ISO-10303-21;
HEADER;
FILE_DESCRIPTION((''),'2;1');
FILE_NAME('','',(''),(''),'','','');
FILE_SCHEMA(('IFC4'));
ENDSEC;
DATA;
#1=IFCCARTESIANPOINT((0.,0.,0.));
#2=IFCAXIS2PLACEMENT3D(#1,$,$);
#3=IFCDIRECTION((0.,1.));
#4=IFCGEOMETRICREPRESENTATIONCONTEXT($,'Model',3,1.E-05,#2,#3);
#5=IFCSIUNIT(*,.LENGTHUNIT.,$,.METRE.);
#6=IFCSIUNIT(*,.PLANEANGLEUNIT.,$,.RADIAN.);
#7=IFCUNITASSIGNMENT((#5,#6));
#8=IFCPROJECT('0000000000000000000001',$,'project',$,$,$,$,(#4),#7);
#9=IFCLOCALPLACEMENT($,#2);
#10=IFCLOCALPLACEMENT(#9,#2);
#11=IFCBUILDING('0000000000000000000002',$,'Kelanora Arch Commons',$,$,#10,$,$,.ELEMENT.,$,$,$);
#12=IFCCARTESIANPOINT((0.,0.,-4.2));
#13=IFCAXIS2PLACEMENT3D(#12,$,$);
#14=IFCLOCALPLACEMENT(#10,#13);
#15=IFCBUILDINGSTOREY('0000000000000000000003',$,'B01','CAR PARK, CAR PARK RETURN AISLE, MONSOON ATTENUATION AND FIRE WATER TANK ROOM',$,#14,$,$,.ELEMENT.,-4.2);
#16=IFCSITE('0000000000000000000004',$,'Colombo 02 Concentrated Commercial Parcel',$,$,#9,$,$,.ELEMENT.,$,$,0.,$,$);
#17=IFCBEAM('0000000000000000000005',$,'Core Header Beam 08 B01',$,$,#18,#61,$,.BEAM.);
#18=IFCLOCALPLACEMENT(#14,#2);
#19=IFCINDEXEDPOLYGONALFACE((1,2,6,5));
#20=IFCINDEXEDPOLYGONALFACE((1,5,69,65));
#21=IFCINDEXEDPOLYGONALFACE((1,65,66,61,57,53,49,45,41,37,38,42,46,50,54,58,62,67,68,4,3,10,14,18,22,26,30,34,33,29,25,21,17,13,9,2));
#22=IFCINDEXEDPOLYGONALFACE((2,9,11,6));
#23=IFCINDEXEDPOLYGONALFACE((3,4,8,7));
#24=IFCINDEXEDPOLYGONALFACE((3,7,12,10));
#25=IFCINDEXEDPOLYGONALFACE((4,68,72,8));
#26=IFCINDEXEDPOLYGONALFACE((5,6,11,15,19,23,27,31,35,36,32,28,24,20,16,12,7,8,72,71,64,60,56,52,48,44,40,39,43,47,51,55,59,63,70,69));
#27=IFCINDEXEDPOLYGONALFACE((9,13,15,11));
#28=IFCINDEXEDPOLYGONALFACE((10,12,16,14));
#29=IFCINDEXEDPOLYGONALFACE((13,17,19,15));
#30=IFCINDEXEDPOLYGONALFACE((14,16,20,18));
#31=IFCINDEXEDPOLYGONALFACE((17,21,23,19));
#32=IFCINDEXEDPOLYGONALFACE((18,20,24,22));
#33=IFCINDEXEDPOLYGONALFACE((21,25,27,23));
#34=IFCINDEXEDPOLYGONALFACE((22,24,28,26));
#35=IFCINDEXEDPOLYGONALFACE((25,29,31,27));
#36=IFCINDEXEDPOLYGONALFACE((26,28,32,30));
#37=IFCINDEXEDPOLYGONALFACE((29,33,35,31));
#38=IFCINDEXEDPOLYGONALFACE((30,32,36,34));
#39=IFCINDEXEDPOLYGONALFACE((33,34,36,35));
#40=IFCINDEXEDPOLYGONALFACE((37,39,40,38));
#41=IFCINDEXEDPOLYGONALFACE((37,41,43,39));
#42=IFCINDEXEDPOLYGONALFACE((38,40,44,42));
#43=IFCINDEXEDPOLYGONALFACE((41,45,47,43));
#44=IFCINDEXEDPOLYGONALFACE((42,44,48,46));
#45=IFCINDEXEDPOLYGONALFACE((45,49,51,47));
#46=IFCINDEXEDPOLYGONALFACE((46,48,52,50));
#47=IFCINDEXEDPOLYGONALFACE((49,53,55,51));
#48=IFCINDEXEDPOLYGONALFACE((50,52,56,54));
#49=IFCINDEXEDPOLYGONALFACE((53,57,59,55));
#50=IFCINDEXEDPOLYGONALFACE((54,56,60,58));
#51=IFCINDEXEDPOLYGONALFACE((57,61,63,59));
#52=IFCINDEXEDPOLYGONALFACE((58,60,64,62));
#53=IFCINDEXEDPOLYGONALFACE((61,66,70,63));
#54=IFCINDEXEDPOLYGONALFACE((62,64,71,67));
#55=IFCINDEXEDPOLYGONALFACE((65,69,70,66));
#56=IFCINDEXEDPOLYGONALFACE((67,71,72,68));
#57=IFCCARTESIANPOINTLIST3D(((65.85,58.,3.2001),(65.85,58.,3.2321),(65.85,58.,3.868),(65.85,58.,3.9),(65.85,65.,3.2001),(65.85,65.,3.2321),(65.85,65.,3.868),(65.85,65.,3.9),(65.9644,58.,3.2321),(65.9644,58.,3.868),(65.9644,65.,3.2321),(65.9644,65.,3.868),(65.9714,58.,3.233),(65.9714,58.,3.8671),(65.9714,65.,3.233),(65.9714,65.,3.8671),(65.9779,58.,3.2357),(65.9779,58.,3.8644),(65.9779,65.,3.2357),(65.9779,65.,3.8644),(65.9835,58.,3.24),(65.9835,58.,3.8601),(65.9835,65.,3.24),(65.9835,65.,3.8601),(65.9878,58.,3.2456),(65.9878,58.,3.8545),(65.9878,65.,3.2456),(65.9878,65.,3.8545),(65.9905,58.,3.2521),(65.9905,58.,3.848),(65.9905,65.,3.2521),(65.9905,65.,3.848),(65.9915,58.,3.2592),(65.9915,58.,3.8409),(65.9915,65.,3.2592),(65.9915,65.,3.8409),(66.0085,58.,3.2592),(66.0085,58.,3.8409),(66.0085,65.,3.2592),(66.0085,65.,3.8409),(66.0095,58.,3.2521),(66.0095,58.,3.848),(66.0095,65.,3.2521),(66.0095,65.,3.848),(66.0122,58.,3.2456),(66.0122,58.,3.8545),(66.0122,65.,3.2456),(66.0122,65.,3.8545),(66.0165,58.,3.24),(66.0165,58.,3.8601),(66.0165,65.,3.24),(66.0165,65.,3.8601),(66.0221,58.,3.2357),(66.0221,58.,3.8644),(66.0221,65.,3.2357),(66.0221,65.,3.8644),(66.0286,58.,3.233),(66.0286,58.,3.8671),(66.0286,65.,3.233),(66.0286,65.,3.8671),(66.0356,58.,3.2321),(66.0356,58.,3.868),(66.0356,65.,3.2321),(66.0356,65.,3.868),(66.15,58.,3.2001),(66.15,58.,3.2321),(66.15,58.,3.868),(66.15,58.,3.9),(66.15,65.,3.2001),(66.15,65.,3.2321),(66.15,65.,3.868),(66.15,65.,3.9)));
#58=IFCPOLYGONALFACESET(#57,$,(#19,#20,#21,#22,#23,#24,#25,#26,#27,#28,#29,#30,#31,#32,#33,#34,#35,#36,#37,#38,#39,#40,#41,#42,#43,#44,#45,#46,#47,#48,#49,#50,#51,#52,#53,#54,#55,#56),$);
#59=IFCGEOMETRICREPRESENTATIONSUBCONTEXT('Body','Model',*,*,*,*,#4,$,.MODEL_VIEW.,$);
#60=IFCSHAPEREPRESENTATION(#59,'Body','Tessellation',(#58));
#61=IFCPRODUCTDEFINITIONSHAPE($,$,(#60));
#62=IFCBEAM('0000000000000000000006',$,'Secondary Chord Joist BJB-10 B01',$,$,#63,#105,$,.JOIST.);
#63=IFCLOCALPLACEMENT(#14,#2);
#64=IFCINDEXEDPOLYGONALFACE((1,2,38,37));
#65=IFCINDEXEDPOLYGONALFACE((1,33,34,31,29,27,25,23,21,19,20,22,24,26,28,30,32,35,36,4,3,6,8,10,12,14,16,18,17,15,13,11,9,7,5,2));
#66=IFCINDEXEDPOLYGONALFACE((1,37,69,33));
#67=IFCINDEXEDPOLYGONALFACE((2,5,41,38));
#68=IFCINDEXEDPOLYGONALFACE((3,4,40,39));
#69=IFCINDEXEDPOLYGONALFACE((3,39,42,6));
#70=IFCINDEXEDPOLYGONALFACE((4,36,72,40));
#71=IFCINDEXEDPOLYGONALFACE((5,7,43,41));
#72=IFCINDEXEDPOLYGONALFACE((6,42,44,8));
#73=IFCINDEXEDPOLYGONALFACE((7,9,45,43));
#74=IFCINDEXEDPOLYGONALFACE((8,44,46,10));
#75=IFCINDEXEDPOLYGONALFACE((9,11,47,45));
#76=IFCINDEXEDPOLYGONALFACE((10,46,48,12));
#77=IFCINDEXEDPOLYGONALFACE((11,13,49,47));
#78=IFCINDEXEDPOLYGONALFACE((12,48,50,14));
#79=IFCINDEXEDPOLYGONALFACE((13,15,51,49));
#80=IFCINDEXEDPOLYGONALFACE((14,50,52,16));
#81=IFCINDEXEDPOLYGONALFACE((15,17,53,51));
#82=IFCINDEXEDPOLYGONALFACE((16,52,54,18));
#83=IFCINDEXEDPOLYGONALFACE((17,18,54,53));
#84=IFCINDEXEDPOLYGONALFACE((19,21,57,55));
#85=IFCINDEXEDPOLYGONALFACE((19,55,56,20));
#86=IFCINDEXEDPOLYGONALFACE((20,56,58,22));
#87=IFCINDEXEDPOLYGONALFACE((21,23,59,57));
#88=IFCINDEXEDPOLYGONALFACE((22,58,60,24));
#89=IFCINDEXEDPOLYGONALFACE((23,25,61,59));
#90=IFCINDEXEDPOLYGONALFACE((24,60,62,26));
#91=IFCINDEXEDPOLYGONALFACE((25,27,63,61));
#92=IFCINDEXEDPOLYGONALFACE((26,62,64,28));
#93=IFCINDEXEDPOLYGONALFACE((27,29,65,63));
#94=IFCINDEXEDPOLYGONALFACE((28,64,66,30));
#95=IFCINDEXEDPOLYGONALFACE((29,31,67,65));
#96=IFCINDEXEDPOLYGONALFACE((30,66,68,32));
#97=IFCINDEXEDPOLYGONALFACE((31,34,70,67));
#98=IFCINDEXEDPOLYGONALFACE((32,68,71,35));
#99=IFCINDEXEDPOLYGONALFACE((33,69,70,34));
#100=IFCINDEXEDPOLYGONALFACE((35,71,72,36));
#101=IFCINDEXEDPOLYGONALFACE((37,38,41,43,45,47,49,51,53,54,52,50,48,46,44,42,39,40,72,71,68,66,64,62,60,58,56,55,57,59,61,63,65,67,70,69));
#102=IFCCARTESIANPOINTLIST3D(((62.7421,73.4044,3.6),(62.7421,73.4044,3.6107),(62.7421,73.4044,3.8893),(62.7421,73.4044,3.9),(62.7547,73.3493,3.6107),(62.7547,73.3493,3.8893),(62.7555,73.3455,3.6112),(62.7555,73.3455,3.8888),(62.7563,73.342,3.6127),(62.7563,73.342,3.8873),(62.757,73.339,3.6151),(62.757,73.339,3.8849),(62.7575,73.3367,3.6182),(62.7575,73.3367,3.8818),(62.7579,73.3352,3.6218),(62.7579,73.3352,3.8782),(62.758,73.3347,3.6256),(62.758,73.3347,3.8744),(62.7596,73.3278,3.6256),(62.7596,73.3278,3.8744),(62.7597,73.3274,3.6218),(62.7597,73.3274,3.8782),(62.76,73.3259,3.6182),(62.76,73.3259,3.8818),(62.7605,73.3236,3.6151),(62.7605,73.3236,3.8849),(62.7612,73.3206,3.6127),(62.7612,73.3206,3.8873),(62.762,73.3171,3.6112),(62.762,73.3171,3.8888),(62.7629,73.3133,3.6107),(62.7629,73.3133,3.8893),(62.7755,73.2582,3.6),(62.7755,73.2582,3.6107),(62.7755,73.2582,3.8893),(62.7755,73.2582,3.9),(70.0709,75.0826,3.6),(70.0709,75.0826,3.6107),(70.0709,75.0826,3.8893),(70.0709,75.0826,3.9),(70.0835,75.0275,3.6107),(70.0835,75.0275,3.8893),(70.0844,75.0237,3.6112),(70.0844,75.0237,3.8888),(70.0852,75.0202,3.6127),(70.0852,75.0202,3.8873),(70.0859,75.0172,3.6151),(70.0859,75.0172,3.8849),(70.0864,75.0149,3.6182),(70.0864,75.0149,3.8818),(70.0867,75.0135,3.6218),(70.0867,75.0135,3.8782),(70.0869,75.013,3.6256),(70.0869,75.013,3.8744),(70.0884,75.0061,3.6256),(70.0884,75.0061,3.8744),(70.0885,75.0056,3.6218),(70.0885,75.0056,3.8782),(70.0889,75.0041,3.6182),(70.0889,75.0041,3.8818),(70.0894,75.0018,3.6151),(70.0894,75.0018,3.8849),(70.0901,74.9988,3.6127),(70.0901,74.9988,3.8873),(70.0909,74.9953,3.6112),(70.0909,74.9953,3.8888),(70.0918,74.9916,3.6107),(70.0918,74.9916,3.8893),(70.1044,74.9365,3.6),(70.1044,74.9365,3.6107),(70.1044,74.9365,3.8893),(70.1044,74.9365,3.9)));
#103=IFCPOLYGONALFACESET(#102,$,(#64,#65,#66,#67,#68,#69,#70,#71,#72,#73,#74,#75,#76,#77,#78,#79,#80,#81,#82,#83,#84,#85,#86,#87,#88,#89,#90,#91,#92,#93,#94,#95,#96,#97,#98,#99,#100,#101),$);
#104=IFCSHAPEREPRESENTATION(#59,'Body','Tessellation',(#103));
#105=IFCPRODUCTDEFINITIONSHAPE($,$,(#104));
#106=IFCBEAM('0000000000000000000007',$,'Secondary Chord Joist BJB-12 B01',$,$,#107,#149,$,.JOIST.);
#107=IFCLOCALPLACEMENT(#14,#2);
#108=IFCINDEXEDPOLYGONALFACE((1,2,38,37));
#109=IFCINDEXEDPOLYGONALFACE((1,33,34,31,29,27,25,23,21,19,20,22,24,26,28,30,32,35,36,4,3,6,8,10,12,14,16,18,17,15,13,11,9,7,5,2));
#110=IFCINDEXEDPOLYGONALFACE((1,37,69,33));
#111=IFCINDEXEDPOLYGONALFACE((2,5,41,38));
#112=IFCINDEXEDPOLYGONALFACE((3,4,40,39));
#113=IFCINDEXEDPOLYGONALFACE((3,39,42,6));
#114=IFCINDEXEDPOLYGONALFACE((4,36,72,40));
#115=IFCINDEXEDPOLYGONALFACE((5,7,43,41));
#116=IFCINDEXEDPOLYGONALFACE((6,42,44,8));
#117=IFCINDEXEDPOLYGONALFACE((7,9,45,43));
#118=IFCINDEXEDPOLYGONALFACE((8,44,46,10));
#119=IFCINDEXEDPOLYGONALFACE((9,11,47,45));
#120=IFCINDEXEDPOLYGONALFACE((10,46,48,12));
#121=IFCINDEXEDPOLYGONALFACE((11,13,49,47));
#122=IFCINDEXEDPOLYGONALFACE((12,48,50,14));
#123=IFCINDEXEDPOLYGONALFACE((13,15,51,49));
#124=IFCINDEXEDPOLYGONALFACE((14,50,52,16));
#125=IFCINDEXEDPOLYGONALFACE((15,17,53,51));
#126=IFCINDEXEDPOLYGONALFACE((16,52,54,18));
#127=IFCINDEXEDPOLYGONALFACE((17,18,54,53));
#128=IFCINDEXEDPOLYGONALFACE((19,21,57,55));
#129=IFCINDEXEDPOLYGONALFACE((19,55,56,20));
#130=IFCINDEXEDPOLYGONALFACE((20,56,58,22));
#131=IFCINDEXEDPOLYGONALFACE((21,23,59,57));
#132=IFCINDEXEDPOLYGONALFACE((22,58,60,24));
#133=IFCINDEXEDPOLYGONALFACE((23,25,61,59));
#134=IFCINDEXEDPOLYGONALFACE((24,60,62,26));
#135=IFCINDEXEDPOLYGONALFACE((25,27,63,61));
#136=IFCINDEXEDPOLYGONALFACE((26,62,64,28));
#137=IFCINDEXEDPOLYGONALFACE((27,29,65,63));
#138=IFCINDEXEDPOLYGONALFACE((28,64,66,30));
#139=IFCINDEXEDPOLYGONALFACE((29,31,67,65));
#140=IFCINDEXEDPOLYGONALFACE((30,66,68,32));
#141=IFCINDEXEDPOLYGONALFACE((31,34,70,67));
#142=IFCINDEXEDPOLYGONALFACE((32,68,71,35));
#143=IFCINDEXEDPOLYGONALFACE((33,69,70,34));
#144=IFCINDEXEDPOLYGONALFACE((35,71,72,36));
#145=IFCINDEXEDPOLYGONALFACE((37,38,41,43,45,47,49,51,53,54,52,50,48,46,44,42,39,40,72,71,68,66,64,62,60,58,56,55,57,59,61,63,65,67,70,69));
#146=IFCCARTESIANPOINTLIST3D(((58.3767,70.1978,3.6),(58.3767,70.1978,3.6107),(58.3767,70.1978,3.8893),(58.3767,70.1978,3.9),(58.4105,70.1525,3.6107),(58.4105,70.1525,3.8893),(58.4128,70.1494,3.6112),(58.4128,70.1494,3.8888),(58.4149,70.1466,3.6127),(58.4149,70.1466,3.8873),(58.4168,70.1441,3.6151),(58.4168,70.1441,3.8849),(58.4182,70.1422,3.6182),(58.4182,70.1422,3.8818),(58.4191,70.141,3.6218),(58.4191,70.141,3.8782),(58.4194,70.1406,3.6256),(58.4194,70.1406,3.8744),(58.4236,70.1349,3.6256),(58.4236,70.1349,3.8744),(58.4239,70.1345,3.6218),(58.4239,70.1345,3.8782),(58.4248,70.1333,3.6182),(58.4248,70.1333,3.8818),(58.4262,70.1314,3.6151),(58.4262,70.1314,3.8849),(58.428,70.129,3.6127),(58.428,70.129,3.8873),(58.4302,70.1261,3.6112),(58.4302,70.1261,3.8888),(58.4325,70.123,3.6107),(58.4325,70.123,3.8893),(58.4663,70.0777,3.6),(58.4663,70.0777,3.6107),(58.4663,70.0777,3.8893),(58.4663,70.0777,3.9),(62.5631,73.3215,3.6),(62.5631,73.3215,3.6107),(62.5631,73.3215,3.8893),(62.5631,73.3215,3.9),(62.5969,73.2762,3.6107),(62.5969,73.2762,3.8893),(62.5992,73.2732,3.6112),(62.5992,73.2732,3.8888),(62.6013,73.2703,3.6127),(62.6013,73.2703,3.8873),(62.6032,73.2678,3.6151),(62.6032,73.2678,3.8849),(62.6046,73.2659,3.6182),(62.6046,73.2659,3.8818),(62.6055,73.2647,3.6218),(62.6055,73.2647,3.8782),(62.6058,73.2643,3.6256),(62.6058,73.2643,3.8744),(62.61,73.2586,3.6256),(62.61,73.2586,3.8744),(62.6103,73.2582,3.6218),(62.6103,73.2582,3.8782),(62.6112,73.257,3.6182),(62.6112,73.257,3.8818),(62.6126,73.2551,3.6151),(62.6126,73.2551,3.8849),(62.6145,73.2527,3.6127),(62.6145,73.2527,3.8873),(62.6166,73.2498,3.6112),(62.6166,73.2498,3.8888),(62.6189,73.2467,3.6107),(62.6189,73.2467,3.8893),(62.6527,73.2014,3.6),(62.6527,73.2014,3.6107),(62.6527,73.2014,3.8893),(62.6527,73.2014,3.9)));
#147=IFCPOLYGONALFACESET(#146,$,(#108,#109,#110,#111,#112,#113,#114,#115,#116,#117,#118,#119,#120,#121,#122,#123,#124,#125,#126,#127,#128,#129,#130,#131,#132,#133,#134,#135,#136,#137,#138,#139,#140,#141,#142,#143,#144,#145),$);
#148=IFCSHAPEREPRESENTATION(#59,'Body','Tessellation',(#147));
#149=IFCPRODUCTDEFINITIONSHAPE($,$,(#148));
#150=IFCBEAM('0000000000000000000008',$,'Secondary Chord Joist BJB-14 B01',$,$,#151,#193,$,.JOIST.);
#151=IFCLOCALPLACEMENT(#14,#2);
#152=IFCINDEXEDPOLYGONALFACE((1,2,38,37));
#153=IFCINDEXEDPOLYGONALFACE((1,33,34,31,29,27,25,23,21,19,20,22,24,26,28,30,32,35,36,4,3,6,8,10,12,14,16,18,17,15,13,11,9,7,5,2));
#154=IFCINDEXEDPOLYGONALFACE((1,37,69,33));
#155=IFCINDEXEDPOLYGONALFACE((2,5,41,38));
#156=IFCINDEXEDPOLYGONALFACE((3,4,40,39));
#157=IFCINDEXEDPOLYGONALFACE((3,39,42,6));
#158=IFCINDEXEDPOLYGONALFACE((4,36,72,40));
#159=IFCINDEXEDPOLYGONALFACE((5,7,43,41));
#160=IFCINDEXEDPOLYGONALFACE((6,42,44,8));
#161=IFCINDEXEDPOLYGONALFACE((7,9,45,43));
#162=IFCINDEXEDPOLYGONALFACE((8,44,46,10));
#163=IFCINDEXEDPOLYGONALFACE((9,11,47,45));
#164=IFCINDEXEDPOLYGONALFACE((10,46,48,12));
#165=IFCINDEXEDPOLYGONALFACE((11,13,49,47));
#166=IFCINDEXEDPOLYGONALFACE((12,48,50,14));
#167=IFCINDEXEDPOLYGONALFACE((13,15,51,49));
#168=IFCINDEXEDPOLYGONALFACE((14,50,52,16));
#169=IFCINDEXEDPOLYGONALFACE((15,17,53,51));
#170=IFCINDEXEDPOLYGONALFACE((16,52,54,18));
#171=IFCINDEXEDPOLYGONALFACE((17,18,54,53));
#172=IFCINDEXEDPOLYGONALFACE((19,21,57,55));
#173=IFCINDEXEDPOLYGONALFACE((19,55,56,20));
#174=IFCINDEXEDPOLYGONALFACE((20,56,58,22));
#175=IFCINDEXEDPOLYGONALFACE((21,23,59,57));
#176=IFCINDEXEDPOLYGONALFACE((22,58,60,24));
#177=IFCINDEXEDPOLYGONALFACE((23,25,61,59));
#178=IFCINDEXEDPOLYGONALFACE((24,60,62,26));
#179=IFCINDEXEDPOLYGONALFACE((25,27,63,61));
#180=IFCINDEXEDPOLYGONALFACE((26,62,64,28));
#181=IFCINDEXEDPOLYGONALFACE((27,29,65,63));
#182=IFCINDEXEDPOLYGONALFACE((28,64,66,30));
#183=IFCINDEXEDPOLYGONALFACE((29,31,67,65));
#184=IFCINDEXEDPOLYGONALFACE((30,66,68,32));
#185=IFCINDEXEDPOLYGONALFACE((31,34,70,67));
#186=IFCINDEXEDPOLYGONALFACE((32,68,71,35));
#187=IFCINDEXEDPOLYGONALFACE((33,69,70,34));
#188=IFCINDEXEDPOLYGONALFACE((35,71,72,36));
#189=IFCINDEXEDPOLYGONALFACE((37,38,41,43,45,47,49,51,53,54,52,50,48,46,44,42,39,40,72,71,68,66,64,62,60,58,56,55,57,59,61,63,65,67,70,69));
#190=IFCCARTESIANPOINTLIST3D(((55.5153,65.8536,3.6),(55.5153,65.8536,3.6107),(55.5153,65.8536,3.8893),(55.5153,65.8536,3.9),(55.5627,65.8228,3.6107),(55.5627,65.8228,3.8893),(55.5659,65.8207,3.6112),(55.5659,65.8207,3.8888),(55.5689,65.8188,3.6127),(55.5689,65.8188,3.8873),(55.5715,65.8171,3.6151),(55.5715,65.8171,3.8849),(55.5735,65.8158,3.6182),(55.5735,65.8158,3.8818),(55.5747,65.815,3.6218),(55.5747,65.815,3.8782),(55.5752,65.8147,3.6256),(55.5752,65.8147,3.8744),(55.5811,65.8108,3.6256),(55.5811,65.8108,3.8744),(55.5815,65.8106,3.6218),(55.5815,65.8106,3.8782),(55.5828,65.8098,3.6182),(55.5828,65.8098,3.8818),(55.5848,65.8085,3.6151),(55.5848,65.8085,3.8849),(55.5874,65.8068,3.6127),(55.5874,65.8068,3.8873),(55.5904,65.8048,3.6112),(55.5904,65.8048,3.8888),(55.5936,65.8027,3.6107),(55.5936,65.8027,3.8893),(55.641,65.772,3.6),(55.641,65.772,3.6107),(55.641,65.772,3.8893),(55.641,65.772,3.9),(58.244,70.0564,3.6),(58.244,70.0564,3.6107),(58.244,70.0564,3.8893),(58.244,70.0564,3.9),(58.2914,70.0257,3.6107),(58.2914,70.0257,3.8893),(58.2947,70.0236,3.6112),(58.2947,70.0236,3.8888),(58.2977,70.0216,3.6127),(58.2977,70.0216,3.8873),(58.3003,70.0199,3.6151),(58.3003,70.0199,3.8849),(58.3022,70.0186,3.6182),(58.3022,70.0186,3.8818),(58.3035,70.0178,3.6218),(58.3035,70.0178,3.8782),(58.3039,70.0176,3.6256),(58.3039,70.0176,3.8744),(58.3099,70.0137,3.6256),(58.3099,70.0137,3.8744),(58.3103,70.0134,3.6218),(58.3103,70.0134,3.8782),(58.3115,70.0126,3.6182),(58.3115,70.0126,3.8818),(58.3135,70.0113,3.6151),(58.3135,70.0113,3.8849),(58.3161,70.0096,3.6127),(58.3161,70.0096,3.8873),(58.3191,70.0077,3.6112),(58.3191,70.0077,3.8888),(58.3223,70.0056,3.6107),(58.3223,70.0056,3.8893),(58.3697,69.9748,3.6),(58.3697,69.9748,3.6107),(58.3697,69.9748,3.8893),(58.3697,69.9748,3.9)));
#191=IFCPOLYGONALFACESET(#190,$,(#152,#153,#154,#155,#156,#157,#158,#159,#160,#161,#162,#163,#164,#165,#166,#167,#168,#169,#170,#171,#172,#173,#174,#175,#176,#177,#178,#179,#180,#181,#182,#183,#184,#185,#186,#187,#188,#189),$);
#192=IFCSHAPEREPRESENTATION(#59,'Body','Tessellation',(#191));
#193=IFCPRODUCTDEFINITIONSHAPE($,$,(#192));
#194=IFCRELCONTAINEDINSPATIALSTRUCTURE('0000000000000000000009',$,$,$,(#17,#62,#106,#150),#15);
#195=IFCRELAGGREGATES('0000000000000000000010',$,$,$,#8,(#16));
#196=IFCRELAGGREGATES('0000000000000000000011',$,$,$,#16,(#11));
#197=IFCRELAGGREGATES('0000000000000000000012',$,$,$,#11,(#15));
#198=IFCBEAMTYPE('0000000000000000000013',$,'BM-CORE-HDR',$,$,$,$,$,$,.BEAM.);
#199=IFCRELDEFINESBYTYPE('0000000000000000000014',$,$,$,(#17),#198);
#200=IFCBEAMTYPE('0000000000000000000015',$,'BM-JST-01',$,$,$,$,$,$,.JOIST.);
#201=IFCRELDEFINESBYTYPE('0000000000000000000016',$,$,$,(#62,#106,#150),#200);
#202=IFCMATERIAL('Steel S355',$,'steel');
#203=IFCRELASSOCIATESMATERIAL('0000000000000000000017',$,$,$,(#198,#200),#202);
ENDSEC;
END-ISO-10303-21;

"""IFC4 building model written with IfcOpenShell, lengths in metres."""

from ifc_helpers import new_model, si_unit, direction, frame, origin, origin_2d, place, context, subcontext, project, spatial, i_section, extrude, material, material_profile, profile_set, type_object, element, save


model = new_model("IFC4")

# Units and contexts
model_context = context("Model", 3, precision=1e-05, world=origin(), true_north=direction((0.0, 1.0)))
body_context = subcontext(model_context, "Body", "Model", "MODEL_VIEW")
ifc_project = project(units=[si_unit("LENGTHUNIT", "METRE"), si_unit("PLANEANGLEUNIT", "RADIAN")], contexts=[model_context])

# Site, building, storey
site_placement = place(None, origin())
site = spatial("IfcSite", under=ifc_project, at=site_placement, Name="Colombo 02 Concentrated Commercial Parcel", CompositionType="ELEMENT", RefElevation=0.0)
building_placement = place(site_placement, origin())
building = spatial("IfcBuilding", under=site, at=building_placement, Name="Kelanora Arch Commons", CompositionType="ELEMENT")
storey_placement = place(building_placement, frame((0.0, 0.0, -4.2)))
storey = spatial("IfcBuildingStorey", under=building, at=storey_placement, Name="B01", Description="CAR PARK, CAR PARK RETURN AISLE, MONSOON ATTENUATION AND FIRE WATER TANK ROOM", CompositionType="ELEMENT", Elevation=-4.2)

# Shared definitions
ifc_material_1 = material(Name="Steel S355", Category="steel")

# Beams
ifc_material_profile_1 = material_profile(ifc_material_1, i_section(OverallWidth=0.3, OverallDepth=0.7, WebThickness=0.0171, FlangeThickness=0.032, FilletRadius=0.0271, at=origin_2d()), Name="HEB700")
ifc_profile_set_1 = profile_set([ifc_material_profile_1], Name="Steel S355")
beam_type_1 = type_object("IfcBeamType", Name="BM-CORE-HDR", PredefinedType="BEAM", material=ifc_profile_set_1)
beam_1_placement = place(storey_placement, frame((66.0, 65.0, 3.55), z_axis=(0.0, -1.0, 0.0), x_axis=(1.0, 0.0, 0.0)))
element("IfcBeam", 1, at=beam_1_placement, inside=storey, type_object=beam_type_1, Name="Core Header Beam 08 B01", PredefinedType="BEAM", context=body_context, shape_type="SweptSolid", body=[
    extrude(i_section(OverallWidth=0.3, OverallDepth=0.7, WebThickness=0.0171, FlangeThickness=0.032, FilletRadius=0.0271, at=origin_2d()), origin(), (0.0, 0.0, 1.0), 7.0),
])
ifc_material_profile_2 = material_profile(ifc_material_1, i_section(OverallWidth=0.1499, OverallDepth=0.3, WebThickness=0.0071, FlangeThickness=0.0107, FilletRadius=0.0149, at=origin_2d()), Name="IPE300")
ifc_profile_set_2 = profile_set([ifc_material_profile_2], Name="Steel S355")
beam_type_2 = type_object("IfcBeamType", Name="BM-JST-01", PredefinedType="JOIST", material=ifc_profile_set_2)
beam_2_placement = place(storey_placement, frame((70.0876, 75.0095, 3.75), z_axis=(-0.97477, -0.223211, 0.0), x_axis=(0.223211, -0.97477, 0.0)))
element("IfcBeam", 2, at=beam_2_placement, inside=storey, type_object=beam_type_2, Name="Secondary Chord Joist BJB-10 B01", PredefinedType="JOIST", context=body_context, shape_type="SweptSolid", body=[
    extrude(i_section(OverallWidth=0.1499, OverallDepth=0.3, WebThickness=0.0071, FlangeThickness=0.0107, FilletRadius=0.0149, at=origin_2d()), origin(), (0.0, 0.0, 1.0), 7.5186),
])
beam_3_placement = place(storey_placement, frame((62.6079, 73.2615, 3.75), z_axis=(-0.801478, -0.598024, 0.0), x_axis=(0.598024, -0.801478, 0.0)))
element("IfcBeam", 3, at=beam_3_placement, inside=storey, type_object=beam_type_2, Name="Secondary Chord Joist BJB-12 B01", PredefinedType="JOIST", context=body_context, shape_type="SweptSolid", body=[
    extrude(i_section(OverallWidth=0.1499, OverallDepth=0.3, WebThickness=0.0071, FlangeThickness=0.0107, FilletRadius=0.0149, at=origin_2d()), origin(), (0.0, 0.0, 1.0), 5.2234),
])
beam_4_placement = place(storey_placement, frame((58.3069, 70.0156, 3.75), z_axis=(-0.544552, -0.838727, 0.0), x_axis=(0.838727, -0.544552, 0.0)))
element("IfcBeam", 4, at=beam_4_placement, inside=storey, type_object=beam_type_2, Name="Secondary Chord Joist BJB-14 B01", PredefinedType="JOIST", context=body_context, shape_type="SweptSolid", body=[
    extrude(i_section(OverallWidth=0.1499, OverallDepth=0.3, WebThickness=0.0071, FlangeThickness=0.0107, FilletRadius=0.0149, at=origin_2d()), origin(), (0.0, 0.0, 1.0), 5.011),
])

save(model, "model.ifc")
